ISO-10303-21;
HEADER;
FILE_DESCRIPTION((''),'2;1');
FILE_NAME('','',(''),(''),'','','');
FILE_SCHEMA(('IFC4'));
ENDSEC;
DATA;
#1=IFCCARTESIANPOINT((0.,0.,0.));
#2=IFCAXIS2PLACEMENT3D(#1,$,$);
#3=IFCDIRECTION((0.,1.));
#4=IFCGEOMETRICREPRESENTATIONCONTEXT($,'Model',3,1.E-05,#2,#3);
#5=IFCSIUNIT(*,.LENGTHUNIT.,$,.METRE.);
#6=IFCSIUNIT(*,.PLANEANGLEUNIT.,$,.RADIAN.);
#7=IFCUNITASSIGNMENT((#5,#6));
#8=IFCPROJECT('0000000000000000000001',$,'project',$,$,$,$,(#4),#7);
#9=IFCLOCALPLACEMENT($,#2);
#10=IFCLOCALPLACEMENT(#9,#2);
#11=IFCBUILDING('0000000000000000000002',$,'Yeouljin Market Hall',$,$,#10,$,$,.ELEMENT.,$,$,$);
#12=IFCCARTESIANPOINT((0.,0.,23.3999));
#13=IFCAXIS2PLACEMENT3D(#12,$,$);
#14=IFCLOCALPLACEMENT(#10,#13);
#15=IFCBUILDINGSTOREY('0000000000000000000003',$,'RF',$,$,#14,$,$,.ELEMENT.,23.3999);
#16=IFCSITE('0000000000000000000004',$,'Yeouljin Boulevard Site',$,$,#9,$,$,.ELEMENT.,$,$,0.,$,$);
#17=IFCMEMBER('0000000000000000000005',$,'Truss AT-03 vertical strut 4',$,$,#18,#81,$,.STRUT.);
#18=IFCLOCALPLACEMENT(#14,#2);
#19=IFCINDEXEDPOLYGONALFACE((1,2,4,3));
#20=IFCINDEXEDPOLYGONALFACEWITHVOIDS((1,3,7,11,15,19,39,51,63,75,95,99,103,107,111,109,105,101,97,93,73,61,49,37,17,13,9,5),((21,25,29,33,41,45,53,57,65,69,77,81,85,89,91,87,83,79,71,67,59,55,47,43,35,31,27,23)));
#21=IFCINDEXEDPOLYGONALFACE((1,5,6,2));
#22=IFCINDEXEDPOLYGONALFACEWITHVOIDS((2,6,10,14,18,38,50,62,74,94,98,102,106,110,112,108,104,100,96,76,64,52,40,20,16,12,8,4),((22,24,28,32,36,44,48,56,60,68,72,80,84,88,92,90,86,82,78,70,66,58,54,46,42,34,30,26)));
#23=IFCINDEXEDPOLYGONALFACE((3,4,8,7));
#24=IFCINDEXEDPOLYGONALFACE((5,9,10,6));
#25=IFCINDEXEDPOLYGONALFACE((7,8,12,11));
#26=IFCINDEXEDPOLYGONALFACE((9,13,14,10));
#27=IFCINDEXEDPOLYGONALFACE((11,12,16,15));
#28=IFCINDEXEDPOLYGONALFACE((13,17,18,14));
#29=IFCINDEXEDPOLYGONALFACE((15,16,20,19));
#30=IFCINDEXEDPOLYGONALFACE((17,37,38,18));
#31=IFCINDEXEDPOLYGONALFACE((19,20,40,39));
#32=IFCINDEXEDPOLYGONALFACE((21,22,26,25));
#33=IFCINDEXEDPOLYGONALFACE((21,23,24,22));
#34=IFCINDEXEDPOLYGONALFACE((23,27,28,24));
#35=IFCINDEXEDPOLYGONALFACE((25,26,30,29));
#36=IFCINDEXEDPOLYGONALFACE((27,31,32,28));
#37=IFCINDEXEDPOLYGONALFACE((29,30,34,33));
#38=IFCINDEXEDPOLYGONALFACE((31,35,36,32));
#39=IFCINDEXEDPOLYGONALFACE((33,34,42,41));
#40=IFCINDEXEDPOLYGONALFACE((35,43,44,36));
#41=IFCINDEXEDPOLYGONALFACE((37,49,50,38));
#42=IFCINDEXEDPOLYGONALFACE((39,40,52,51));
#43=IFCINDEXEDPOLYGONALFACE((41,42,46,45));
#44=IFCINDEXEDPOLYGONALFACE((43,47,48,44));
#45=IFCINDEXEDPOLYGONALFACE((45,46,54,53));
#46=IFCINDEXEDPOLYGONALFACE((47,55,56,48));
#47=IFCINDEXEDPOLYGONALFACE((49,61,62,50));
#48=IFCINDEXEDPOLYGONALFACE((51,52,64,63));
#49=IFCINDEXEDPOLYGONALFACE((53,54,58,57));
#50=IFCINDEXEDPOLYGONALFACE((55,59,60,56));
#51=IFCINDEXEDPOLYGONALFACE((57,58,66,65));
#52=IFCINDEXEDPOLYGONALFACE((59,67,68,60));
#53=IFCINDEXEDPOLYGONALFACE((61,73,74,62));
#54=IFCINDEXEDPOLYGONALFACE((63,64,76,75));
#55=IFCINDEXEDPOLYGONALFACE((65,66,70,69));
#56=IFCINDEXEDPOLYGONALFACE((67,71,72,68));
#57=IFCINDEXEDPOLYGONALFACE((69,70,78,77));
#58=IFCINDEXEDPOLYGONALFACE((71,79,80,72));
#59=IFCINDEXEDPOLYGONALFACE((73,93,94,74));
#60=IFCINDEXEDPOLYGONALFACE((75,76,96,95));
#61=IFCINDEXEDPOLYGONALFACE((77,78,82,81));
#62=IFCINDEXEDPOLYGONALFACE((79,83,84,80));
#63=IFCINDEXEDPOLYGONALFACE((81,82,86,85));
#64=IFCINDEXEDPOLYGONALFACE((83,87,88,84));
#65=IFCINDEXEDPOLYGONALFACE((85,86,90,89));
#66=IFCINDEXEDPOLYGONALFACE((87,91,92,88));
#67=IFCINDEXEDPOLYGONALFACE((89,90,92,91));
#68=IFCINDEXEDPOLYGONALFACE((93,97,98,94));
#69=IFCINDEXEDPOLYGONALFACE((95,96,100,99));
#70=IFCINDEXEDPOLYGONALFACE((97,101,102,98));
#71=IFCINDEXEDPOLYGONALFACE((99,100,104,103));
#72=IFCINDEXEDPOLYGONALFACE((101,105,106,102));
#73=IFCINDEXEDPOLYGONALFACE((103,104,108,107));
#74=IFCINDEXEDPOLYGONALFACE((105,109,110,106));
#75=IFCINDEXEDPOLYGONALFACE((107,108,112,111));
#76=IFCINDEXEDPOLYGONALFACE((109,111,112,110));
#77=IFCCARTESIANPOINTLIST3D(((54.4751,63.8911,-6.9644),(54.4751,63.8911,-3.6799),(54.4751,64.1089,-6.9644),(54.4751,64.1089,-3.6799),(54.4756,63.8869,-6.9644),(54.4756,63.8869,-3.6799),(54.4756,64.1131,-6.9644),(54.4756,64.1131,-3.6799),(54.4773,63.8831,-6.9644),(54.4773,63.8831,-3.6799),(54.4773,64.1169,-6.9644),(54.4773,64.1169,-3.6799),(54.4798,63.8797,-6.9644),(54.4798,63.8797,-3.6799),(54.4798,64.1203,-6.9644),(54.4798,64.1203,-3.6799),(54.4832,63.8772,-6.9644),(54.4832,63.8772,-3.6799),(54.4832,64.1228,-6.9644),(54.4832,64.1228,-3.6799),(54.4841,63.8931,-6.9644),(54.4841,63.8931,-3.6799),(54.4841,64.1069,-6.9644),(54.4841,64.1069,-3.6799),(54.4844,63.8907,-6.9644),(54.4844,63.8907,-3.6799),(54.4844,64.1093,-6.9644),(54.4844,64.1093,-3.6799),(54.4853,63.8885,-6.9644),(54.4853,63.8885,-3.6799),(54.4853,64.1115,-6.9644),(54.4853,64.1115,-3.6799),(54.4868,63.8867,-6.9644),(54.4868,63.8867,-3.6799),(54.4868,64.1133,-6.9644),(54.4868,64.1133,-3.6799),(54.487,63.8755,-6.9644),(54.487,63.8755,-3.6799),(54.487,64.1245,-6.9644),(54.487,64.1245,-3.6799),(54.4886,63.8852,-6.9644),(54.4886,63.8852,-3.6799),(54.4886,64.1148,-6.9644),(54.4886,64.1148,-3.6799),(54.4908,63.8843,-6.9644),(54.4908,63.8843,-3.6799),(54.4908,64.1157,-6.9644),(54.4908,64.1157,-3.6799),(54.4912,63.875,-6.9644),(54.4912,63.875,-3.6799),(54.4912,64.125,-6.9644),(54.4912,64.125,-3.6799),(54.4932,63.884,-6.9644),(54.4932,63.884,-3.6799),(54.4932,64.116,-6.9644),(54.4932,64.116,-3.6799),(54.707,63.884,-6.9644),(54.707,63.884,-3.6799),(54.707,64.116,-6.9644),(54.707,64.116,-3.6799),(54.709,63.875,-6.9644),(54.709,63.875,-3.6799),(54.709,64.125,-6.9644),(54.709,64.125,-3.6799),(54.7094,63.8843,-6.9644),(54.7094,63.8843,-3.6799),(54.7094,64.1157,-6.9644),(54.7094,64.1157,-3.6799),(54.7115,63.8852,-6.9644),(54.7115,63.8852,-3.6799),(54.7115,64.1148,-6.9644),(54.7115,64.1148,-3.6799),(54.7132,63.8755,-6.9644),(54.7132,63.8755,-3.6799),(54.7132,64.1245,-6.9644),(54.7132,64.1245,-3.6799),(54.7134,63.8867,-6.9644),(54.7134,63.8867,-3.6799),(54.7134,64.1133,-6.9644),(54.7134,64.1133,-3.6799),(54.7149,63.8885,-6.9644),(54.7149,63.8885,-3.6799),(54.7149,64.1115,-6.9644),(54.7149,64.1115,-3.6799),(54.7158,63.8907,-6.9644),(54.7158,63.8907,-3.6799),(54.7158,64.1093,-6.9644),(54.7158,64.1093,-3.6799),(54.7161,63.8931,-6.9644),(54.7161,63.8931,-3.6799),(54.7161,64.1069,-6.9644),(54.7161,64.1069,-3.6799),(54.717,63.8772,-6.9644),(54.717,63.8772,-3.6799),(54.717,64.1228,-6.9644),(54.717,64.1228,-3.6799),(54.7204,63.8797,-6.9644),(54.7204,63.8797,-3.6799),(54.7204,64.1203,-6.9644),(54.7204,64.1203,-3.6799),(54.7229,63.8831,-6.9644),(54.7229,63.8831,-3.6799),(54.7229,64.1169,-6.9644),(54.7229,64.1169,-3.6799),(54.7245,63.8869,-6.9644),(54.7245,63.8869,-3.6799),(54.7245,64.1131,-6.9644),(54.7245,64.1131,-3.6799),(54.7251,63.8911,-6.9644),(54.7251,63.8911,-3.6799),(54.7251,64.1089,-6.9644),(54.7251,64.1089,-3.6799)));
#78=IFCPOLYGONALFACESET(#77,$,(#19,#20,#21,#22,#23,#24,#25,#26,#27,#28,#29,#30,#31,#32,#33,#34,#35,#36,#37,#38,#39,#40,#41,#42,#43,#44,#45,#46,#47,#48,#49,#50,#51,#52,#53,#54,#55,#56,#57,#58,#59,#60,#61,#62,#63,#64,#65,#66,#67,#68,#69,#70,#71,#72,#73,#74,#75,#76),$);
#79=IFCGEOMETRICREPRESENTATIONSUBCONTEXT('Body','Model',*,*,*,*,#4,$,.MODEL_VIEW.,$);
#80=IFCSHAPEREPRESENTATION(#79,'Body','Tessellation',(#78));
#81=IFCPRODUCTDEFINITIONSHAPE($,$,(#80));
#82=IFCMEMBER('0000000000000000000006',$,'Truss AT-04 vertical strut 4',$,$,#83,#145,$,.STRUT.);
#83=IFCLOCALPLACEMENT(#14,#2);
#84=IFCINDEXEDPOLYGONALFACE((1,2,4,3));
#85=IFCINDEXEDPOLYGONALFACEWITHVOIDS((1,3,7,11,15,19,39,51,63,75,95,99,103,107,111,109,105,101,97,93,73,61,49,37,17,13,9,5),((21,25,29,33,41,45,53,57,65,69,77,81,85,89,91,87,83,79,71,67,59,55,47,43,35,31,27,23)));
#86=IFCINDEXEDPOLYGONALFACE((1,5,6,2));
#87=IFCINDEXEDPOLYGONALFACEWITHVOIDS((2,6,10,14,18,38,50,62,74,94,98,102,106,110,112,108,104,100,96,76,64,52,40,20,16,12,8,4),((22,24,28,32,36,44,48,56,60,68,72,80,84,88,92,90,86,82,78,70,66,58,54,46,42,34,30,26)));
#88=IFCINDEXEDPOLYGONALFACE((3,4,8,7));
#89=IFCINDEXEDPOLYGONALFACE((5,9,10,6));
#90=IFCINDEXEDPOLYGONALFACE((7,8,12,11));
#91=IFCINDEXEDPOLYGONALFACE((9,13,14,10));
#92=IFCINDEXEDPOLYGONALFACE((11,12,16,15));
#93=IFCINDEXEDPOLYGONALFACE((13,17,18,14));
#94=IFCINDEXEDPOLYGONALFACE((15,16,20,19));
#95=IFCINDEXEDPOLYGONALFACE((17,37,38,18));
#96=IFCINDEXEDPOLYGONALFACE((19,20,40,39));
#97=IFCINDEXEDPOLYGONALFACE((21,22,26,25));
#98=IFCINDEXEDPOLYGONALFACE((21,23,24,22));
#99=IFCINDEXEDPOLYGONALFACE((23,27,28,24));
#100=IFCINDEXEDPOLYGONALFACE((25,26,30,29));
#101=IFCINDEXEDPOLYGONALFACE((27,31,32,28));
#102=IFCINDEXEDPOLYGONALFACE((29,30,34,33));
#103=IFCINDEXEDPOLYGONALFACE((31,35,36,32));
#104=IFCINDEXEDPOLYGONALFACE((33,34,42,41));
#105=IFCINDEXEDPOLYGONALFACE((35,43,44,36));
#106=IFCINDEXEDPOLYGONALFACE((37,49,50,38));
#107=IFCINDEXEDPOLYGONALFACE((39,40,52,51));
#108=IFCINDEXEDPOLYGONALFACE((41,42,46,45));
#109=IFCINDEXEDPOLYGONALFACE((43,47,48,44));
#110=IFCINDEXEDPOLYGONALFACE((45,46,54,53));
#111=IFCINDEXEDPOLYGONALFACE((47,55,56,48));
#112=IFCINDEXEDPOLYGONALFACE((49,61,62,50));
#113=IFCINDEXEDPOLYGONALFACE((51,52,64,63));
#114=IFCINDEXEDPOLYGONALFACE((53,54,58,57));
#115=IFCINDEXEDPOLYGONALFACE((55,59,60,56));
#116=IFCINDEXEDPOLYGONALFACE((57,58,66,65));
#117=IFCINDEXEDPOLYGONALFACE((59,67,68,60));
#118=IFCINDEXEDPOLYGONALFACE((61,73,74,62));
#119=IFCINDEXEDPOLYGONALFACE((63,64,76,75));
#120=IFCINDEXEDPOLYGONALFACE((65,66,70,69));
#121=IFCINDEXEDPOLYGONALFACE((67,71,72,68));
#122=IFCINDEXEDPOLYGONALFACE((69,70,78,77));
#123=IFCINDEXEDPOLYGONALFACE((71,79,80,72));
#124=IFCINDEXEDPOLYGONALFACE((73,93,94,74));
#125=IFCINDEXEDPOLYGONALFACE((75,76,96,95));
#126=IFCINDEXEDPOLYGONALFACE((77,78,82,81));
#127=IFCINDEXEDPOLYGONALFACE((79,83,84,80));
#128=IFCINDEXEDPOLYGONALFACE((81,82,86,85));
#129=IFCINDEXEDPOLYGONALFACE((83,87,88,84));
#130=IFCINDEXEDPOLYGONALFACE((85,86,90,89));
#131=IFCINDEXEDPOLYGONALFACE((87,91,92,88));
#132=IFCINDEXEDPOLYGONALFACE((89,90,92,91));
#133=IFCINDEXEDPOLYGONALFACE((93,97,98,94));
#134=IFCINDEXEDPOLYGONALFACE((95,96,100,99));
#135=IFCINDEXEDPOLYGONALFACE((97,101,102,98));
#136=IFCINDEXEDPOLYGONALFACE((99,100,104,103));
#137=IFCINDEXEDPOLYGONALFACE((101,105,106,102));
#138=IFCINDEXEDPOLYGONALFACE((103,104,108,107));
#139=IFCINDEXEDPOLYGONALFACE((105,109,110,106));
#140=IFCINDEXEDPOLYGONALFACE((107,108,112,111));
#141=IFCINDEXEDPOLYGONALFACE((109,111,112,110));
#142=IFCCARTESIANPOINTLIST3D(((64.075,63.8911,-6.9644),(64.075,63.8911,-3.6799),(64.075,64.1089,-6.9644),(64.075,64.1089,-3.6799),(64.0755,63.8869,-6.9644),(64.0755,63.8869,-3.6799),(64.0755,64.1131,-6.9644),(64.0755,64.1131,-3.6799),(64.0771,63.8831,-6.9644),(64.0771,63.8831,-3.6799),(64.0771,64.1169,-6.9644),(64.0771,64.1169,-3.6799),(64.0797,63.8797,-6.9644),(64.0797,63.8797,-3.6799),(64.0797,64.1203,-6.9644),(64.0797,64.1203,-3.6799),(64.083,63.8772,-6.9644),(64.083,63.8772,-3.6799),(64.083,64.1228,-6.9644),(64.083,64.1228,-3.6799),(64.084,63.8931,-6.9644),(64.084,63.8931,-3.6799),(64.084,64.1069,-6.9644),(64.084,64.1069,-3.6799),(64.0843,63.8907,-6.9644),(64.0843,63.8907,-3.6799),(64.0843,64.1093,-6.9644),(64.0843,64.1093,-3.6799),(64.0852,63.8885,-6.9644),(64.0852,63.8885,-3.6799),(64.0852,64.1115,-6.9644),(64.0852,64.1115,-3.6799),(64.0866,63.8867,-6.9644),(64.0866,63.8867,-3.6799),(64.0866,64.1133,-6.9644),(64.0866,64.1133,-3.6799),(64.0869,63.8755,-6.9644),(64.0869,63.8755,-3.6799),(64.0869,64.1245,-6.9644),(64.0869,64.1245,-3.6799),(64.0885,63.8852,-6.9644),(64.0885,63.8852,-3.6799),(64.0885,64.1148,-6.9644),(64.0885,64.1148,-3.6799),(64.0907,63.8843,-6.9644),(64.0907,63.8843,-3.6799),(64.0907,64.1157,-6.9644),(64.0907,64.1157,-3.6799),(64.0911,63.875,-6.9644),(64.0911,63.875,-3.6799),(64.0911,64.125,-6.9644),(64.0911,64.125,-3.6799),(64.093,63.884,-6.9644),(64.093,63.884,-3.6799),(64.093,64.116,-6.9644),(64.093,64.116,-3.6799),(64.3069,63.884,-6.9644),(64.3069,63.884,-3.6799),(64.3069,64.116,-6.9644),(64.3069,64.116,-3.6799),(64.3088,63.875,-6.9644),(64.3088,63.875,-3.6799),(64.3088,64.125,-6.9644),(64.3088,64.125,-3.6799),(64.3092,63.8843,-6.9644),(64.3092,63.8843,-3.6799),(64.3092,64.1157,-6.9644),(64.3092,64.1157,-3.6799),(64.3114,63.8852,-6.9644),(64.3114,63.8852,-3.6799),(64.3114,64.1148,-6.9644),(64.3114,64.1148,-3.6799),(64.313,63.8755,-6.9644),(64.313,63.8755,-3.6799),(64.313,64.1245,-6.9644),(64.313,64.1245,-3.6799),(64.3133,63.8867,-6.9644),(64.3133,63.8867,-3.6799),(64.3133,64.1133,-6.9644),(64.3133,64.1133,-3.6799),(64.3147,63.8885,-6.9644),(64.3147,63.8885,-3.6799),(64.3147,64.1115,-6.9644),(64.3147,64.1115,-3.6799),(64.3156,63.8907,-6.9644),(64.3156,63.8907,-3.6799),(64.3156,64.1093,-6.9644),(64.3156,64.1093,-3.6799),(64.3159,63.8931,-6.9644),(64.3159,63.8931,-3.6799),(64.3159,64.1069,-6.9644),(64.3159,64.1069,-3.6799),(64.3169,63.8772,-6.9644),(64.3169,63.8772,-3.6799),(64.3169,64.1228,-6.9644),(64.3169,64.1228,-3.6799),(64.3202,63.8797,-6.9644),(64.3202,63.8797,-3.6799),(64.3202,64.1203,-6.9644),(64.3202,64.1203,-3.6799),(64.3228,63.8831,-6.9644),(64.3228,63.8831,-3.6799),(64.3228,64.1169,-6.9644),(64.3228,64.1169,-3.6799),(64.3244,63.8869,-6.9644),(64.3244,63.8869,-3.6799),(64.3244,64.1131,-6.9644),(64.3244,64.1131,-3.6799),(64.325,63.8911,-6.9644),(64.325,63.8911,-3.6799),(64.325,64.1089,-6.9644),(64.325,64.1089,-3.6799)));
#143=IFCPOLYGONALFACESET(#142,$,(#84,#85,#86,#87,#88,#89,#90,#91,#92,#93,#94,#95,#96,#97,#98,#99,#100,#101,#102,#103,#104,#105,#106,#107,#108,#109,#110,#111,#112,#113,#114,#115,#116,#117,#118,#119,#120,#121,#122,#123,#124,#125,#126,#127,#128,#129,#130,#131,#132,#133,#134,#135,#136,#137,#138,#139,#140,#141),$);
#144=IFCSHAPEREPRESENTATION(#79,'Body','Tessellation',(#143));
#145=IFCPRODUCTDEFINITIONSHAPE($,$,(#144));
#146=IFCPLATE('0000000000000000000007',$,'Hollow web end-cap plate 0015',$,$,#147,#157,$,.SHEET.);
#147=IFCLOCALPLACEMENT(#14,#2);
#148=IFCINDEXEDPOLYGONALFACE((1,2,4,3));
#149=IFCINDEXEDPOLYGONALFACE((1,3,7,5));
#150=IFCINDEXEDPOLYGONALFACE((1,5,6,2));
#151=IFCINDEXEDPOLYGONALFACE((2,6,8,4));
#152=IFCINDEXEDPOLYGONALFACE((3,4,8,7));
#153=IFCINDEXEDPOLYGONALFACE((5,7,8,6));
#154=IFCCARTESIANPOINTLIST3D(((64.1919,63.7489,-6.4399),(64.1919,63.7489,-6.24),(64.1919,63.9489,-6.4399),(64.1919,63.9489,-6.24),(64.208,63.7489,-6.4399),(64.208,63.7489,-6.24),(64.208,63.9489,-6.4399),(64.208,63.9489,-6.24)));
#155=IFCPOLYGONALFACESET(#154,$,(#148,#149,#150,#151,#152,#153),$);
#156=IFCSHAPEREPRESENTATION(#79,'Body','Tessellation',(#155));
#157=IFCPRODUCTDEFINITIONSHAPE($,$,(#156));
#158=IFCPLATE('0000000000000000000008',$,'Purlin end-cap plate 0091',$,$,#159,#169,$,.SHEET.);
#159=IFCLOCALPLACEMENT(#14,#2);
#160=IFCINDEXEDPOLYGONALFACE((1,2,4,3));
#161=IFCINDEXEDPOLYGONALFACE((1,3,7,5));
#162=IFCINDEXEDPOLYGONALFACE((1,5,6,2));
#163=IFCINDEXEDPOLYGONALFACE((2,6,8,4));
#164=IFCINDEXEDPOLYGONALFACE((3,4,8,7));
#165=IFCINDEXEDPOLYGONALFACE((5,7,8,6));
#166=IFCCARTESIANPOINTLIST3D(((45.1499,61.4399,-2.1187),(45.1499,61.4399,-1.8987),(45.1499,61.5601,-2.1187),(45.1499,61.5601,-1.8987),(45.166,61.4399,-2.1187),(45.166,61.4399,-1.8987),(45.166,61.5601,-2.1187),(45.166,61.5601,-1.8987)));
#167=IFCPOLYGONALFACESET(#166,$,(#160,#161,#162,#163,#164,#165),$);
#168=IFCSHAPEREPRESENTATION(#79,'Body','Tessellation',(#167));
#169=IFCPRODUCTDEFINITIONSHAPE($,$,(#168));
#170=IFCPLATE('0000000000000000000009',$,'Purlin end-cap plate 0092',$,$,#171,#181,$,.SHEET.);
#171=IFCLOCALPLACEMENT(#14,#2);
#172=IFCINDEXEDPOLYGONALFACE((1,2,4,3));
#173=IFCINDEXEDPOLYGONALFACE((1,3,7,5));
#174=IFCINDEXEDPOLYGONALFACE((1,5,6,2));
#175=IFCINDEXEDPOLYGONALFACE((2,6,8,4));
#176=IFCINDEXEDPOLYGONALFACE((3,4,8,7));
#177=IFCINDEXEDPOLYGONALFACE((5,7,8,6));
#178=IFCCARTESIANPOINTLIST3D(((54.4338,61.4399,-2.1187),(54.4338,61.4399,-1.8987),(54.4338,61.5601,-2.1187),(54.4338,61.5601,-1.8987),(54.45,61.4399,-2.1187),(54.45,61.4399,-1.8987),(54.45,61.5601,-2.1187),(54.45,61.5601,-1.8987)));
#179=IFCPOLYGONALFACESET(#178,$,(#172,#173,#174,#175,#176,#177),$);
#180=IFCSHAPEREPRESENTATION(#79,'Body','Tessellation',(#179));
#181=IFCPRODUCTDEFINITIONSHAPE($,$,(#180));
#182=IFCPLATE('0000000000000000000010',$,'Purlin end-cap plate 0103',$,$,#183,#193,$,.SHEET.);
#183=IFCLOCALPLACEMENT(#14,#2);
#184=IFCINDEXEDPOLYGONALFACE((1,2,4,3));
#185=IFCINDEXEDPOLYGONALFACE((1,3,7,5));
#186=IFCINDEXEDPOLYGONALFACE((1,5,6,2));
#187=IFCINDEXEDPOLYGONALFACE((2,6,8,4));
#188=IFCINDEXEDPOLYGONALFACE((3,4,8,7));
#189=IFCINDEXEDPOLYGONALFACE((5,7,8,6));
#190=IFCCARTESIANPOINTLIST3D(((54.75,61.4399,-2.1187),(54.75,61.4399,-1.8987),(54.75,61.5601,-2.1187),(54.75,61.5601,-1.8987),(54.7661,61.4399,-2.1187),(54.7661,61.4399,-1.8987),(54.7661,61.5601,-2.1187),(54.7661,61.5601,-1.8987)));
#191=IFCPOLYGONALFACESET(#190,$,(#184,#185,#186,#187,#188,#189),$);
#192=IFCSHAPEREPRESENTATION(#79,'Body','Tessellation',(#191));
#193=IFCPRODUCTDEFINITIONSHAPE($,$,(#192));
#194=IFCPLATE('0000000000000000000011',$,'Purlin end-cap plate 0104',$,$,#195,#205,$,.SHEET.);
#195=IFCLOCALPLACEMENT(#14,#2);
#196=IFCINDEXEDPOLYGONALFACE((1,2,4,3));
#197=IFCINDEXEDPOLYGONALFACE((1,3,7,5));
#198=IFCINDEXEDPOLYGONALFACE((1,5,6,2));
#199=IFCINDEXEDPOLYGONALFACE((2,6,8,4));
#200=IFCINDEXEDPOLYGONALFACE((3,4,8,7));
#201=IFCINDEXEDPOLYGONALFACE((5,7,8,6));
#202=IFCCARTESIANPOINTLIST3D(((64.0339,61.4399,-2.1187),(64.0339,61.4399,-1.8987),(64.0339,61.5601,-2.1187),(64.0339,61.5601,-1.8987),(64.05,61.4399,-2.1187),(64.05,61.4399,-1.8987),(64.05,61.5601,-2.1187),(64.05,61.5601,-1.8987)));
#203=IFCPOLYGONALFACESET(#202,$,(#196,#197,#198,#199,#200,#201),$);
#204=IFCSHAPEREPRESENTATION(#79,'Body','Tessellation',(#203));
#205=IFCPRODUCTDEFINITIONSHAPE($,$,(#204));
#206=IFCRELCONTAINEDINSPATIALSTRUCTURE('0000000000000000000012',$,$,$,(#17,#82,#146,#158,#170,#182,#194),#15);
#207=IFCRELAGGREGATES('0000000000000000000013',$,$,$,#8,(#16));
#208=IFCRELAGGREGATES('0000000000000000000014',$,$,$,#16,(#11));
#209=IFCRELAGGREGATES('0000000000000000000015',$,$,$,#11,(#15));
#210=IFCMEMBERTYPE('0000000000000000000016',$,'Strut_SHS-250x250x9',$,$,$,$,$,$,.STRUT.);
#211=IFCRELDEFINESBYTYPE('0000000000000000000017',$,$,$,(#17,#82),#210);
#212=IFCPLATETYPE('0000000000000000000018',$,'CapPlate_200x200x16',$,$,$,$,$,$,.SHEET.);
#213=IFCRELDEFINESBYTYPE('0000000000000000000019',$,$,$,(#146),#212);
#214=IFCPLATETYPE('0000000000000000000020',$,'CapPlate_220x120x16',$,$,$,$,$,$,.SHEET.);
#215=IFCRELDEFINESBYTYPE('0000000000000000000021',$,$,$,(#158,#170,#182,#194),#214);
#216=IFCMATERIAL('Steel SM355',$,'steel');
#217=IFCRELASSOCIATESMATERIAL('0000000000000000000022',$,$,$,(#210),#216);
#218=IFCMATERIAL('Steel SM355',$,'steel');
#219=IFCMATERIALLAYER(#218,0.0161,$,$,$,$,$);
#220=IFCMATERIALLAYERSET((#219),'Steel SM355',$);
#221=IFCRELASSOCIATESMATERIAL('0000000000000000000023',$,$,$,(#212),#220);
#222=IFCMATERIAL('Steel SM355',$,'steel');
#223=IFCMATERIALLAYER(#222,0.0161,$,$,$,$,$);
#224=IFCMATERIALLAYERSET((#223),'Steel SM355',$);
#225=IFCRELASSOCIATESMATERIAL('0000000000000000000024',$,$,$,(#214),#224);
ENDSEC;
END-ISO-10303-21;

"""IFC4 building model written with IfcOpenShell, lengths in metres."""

from ifc_helpers import new_model, si_unit, direction, frame, origin, origin_2d, place, context, subcontext, project, spatial, rectangle, hollow_rectangle, extrude, material, layer, layer_set, material_profile, profile_set, type_object, element, save


model = new_model("IFC4")

# Units and contexts
model_context = context("Model", 3, precision=1e-05, world=origin(), true_north=direction((0.0, 1.0)))
body_context = subcontext(model_context, "Body", "Model", "MODEL_VIEW")
ifc_project = project(units=[si_unit("LENGTHUNIT", "METRE"), si_unit("PLANEANGLEUNIT", "RADIAN")], contexts=[model_context])

# Site, building, storey
site_placement = place(None, origin())
site = spatial("IfcSite", under=ifc_project, at=site_placement, Name="Yeouljin Boulevard Site", CompositionType="ELEMENT", RefElevation=0.0)
building_placement = place(site_placement, origin())
building = spatial("IfcBuilding", under=site, at=building_placement, Name="Yeouljin Market Hall", CompositionType="ELEMENT")
storey_placement = place(building_placement, frame((0.0, 0.0, 23.3999)))
storey = spatial("IfcBuildingStorey", under=building, at=storey_placement, Name="RF", CompositionType="ELEMENT", Elevation=23.3999)

# Members
ifc_material_1 = material(Name="Steel SM355", Category="steel")
ifc_material_profile_1 = material_profile(ifc_material_1, hollow_rectangle(XDim=0.25, YDim=0.25, WallThickness=0.009, InnerFilletRadius=0.009, OuterFilletRadius=0.0161, at=origin_2d()), Name="SHS-250x250x9")
ifc_profile_set_1 = profile_set([ifc_material_profile_1], Name="Steel SM355")
member_type_1 = type_object("IfcMemberType", Name="Strut_SHS-250x250x9", PredefinedType="STRUT", material=ifc_profile_set_1)
for number, where, z_axis, x_axis, name in (
    (1, (54.6001, 64.0, -6.9644), (0.0, 0.0, 1.0), (1.0, 0.0, 0.0), "Truss AT-03 vertical strut 4"),
    (2, (64.2, 64.0, -6.9644), (0.0, 0.0, 1.0), (1.0, 0.0, 0.0), "Truss AT-04 vertical strut 4"),
):
    element("IfcMember", number, at=place(storey_placement, frame(where, z_axis=z_axis, x_axis=x_axis)), inside=storey, type_object=member_type_1, Name=name, PredefinedType="STRUT", context=body_context, shape_type="SweptSolid", body=[
        extrude(hollow_rectangle(XDim=0.25, YDim=0.25, WallThickness=0.009, InnerFilletRadius=0.009, OuterFilletRadius=0.0161, at=origin_2d()), origin(), (0.0, 0.0, 1.0), 3.2844),
    ])

# Plates
ifc_material_2 = material(Name="Steel SM355", Category="steel")
ifc_layer_1 = layer(ifc_material_2, 0.0161)
ifc_layer_set_1 = layer_set([ifc_layer_1], Name="Steel SM355")
plate_type_1 = type_object("IfcPlateType", Name="CapPlate_200x200x16", PredefinedType="SHEET", material=ifc_layer_set_1)
plate_1_placement = place(storey_placement, frame((64.2, 63.8489, -6.4399), z_axis=(0.0, 0.0, 1.0), x_axis=(0.0, 1.0, 0.0)))
element("IfcPlate", 3, at=plate_1_placement, inside=storey, type_object=plate_type_1, Name="Hollow web end-cap plate 0015", PredefinedType="SHEET", context=body_context, shape_type="SweptSolid", body=[
    extrude(rectangle(XDim=0.2, YDim=0.0161, at=origin_2d()), origin(), (0.0, 0.0, 1.0), 0.2),
])
ifc_material_3 = material(Name="Steel SM355", Category="steel")
ifc_layer_2 = layer(ifc_material_3, 0.0161)
ifc_layer_set_2 = layer_set([ifc_layer_2], Name="Steel SM355")
plate_type_2 = type_object("IfcPlateType", Name="CapPlate_220x120x16", PredefinedType="SHEET", material=ifc_layer_set_2)
for number, where, z_axis, x_axis, name in (
    (4, (45.158, 61.5, -2.1187), (0.0, 0.0, 1.0), (0.0, 1.0, 0.0), "Purlin end-cap plate 0091"),
    (5, (54.4419, 61.5, -2.1187), (0.0, 0.0, 1.0), (0.0, 1.0, 0.0), "Purlin end-cap plate 0092"),
    (6, (54.7581, 61.5, -2.1187), (0.0, 0.0, 1.0), (0.0, 1.0, 0.0), "Purlin end-cap plate 0103"),
    (7, (64.042, 61.5, -2.1187), (0.0, 0.0, 1.0), (0.0, 1.0, 0.0), "Purlin end-cap plate 0104"),
):
    element("IfcPlate", number, at=place(storey_placement, frame(where, z_axis=z_axis, x_axis=x_axis)), inside=storey, type_object=plate_type_2, Name=name, PredefinedType="SHEET", context=body_context, shape_type="SweptSolid", body=[
        extrude(rectangle(XDim=0.1201, YDim=0.0161, at=origin_2d()), origin(), (0.0, 0.0, 1.0), 0.22),
    ])

save(model, "model.ifc")
